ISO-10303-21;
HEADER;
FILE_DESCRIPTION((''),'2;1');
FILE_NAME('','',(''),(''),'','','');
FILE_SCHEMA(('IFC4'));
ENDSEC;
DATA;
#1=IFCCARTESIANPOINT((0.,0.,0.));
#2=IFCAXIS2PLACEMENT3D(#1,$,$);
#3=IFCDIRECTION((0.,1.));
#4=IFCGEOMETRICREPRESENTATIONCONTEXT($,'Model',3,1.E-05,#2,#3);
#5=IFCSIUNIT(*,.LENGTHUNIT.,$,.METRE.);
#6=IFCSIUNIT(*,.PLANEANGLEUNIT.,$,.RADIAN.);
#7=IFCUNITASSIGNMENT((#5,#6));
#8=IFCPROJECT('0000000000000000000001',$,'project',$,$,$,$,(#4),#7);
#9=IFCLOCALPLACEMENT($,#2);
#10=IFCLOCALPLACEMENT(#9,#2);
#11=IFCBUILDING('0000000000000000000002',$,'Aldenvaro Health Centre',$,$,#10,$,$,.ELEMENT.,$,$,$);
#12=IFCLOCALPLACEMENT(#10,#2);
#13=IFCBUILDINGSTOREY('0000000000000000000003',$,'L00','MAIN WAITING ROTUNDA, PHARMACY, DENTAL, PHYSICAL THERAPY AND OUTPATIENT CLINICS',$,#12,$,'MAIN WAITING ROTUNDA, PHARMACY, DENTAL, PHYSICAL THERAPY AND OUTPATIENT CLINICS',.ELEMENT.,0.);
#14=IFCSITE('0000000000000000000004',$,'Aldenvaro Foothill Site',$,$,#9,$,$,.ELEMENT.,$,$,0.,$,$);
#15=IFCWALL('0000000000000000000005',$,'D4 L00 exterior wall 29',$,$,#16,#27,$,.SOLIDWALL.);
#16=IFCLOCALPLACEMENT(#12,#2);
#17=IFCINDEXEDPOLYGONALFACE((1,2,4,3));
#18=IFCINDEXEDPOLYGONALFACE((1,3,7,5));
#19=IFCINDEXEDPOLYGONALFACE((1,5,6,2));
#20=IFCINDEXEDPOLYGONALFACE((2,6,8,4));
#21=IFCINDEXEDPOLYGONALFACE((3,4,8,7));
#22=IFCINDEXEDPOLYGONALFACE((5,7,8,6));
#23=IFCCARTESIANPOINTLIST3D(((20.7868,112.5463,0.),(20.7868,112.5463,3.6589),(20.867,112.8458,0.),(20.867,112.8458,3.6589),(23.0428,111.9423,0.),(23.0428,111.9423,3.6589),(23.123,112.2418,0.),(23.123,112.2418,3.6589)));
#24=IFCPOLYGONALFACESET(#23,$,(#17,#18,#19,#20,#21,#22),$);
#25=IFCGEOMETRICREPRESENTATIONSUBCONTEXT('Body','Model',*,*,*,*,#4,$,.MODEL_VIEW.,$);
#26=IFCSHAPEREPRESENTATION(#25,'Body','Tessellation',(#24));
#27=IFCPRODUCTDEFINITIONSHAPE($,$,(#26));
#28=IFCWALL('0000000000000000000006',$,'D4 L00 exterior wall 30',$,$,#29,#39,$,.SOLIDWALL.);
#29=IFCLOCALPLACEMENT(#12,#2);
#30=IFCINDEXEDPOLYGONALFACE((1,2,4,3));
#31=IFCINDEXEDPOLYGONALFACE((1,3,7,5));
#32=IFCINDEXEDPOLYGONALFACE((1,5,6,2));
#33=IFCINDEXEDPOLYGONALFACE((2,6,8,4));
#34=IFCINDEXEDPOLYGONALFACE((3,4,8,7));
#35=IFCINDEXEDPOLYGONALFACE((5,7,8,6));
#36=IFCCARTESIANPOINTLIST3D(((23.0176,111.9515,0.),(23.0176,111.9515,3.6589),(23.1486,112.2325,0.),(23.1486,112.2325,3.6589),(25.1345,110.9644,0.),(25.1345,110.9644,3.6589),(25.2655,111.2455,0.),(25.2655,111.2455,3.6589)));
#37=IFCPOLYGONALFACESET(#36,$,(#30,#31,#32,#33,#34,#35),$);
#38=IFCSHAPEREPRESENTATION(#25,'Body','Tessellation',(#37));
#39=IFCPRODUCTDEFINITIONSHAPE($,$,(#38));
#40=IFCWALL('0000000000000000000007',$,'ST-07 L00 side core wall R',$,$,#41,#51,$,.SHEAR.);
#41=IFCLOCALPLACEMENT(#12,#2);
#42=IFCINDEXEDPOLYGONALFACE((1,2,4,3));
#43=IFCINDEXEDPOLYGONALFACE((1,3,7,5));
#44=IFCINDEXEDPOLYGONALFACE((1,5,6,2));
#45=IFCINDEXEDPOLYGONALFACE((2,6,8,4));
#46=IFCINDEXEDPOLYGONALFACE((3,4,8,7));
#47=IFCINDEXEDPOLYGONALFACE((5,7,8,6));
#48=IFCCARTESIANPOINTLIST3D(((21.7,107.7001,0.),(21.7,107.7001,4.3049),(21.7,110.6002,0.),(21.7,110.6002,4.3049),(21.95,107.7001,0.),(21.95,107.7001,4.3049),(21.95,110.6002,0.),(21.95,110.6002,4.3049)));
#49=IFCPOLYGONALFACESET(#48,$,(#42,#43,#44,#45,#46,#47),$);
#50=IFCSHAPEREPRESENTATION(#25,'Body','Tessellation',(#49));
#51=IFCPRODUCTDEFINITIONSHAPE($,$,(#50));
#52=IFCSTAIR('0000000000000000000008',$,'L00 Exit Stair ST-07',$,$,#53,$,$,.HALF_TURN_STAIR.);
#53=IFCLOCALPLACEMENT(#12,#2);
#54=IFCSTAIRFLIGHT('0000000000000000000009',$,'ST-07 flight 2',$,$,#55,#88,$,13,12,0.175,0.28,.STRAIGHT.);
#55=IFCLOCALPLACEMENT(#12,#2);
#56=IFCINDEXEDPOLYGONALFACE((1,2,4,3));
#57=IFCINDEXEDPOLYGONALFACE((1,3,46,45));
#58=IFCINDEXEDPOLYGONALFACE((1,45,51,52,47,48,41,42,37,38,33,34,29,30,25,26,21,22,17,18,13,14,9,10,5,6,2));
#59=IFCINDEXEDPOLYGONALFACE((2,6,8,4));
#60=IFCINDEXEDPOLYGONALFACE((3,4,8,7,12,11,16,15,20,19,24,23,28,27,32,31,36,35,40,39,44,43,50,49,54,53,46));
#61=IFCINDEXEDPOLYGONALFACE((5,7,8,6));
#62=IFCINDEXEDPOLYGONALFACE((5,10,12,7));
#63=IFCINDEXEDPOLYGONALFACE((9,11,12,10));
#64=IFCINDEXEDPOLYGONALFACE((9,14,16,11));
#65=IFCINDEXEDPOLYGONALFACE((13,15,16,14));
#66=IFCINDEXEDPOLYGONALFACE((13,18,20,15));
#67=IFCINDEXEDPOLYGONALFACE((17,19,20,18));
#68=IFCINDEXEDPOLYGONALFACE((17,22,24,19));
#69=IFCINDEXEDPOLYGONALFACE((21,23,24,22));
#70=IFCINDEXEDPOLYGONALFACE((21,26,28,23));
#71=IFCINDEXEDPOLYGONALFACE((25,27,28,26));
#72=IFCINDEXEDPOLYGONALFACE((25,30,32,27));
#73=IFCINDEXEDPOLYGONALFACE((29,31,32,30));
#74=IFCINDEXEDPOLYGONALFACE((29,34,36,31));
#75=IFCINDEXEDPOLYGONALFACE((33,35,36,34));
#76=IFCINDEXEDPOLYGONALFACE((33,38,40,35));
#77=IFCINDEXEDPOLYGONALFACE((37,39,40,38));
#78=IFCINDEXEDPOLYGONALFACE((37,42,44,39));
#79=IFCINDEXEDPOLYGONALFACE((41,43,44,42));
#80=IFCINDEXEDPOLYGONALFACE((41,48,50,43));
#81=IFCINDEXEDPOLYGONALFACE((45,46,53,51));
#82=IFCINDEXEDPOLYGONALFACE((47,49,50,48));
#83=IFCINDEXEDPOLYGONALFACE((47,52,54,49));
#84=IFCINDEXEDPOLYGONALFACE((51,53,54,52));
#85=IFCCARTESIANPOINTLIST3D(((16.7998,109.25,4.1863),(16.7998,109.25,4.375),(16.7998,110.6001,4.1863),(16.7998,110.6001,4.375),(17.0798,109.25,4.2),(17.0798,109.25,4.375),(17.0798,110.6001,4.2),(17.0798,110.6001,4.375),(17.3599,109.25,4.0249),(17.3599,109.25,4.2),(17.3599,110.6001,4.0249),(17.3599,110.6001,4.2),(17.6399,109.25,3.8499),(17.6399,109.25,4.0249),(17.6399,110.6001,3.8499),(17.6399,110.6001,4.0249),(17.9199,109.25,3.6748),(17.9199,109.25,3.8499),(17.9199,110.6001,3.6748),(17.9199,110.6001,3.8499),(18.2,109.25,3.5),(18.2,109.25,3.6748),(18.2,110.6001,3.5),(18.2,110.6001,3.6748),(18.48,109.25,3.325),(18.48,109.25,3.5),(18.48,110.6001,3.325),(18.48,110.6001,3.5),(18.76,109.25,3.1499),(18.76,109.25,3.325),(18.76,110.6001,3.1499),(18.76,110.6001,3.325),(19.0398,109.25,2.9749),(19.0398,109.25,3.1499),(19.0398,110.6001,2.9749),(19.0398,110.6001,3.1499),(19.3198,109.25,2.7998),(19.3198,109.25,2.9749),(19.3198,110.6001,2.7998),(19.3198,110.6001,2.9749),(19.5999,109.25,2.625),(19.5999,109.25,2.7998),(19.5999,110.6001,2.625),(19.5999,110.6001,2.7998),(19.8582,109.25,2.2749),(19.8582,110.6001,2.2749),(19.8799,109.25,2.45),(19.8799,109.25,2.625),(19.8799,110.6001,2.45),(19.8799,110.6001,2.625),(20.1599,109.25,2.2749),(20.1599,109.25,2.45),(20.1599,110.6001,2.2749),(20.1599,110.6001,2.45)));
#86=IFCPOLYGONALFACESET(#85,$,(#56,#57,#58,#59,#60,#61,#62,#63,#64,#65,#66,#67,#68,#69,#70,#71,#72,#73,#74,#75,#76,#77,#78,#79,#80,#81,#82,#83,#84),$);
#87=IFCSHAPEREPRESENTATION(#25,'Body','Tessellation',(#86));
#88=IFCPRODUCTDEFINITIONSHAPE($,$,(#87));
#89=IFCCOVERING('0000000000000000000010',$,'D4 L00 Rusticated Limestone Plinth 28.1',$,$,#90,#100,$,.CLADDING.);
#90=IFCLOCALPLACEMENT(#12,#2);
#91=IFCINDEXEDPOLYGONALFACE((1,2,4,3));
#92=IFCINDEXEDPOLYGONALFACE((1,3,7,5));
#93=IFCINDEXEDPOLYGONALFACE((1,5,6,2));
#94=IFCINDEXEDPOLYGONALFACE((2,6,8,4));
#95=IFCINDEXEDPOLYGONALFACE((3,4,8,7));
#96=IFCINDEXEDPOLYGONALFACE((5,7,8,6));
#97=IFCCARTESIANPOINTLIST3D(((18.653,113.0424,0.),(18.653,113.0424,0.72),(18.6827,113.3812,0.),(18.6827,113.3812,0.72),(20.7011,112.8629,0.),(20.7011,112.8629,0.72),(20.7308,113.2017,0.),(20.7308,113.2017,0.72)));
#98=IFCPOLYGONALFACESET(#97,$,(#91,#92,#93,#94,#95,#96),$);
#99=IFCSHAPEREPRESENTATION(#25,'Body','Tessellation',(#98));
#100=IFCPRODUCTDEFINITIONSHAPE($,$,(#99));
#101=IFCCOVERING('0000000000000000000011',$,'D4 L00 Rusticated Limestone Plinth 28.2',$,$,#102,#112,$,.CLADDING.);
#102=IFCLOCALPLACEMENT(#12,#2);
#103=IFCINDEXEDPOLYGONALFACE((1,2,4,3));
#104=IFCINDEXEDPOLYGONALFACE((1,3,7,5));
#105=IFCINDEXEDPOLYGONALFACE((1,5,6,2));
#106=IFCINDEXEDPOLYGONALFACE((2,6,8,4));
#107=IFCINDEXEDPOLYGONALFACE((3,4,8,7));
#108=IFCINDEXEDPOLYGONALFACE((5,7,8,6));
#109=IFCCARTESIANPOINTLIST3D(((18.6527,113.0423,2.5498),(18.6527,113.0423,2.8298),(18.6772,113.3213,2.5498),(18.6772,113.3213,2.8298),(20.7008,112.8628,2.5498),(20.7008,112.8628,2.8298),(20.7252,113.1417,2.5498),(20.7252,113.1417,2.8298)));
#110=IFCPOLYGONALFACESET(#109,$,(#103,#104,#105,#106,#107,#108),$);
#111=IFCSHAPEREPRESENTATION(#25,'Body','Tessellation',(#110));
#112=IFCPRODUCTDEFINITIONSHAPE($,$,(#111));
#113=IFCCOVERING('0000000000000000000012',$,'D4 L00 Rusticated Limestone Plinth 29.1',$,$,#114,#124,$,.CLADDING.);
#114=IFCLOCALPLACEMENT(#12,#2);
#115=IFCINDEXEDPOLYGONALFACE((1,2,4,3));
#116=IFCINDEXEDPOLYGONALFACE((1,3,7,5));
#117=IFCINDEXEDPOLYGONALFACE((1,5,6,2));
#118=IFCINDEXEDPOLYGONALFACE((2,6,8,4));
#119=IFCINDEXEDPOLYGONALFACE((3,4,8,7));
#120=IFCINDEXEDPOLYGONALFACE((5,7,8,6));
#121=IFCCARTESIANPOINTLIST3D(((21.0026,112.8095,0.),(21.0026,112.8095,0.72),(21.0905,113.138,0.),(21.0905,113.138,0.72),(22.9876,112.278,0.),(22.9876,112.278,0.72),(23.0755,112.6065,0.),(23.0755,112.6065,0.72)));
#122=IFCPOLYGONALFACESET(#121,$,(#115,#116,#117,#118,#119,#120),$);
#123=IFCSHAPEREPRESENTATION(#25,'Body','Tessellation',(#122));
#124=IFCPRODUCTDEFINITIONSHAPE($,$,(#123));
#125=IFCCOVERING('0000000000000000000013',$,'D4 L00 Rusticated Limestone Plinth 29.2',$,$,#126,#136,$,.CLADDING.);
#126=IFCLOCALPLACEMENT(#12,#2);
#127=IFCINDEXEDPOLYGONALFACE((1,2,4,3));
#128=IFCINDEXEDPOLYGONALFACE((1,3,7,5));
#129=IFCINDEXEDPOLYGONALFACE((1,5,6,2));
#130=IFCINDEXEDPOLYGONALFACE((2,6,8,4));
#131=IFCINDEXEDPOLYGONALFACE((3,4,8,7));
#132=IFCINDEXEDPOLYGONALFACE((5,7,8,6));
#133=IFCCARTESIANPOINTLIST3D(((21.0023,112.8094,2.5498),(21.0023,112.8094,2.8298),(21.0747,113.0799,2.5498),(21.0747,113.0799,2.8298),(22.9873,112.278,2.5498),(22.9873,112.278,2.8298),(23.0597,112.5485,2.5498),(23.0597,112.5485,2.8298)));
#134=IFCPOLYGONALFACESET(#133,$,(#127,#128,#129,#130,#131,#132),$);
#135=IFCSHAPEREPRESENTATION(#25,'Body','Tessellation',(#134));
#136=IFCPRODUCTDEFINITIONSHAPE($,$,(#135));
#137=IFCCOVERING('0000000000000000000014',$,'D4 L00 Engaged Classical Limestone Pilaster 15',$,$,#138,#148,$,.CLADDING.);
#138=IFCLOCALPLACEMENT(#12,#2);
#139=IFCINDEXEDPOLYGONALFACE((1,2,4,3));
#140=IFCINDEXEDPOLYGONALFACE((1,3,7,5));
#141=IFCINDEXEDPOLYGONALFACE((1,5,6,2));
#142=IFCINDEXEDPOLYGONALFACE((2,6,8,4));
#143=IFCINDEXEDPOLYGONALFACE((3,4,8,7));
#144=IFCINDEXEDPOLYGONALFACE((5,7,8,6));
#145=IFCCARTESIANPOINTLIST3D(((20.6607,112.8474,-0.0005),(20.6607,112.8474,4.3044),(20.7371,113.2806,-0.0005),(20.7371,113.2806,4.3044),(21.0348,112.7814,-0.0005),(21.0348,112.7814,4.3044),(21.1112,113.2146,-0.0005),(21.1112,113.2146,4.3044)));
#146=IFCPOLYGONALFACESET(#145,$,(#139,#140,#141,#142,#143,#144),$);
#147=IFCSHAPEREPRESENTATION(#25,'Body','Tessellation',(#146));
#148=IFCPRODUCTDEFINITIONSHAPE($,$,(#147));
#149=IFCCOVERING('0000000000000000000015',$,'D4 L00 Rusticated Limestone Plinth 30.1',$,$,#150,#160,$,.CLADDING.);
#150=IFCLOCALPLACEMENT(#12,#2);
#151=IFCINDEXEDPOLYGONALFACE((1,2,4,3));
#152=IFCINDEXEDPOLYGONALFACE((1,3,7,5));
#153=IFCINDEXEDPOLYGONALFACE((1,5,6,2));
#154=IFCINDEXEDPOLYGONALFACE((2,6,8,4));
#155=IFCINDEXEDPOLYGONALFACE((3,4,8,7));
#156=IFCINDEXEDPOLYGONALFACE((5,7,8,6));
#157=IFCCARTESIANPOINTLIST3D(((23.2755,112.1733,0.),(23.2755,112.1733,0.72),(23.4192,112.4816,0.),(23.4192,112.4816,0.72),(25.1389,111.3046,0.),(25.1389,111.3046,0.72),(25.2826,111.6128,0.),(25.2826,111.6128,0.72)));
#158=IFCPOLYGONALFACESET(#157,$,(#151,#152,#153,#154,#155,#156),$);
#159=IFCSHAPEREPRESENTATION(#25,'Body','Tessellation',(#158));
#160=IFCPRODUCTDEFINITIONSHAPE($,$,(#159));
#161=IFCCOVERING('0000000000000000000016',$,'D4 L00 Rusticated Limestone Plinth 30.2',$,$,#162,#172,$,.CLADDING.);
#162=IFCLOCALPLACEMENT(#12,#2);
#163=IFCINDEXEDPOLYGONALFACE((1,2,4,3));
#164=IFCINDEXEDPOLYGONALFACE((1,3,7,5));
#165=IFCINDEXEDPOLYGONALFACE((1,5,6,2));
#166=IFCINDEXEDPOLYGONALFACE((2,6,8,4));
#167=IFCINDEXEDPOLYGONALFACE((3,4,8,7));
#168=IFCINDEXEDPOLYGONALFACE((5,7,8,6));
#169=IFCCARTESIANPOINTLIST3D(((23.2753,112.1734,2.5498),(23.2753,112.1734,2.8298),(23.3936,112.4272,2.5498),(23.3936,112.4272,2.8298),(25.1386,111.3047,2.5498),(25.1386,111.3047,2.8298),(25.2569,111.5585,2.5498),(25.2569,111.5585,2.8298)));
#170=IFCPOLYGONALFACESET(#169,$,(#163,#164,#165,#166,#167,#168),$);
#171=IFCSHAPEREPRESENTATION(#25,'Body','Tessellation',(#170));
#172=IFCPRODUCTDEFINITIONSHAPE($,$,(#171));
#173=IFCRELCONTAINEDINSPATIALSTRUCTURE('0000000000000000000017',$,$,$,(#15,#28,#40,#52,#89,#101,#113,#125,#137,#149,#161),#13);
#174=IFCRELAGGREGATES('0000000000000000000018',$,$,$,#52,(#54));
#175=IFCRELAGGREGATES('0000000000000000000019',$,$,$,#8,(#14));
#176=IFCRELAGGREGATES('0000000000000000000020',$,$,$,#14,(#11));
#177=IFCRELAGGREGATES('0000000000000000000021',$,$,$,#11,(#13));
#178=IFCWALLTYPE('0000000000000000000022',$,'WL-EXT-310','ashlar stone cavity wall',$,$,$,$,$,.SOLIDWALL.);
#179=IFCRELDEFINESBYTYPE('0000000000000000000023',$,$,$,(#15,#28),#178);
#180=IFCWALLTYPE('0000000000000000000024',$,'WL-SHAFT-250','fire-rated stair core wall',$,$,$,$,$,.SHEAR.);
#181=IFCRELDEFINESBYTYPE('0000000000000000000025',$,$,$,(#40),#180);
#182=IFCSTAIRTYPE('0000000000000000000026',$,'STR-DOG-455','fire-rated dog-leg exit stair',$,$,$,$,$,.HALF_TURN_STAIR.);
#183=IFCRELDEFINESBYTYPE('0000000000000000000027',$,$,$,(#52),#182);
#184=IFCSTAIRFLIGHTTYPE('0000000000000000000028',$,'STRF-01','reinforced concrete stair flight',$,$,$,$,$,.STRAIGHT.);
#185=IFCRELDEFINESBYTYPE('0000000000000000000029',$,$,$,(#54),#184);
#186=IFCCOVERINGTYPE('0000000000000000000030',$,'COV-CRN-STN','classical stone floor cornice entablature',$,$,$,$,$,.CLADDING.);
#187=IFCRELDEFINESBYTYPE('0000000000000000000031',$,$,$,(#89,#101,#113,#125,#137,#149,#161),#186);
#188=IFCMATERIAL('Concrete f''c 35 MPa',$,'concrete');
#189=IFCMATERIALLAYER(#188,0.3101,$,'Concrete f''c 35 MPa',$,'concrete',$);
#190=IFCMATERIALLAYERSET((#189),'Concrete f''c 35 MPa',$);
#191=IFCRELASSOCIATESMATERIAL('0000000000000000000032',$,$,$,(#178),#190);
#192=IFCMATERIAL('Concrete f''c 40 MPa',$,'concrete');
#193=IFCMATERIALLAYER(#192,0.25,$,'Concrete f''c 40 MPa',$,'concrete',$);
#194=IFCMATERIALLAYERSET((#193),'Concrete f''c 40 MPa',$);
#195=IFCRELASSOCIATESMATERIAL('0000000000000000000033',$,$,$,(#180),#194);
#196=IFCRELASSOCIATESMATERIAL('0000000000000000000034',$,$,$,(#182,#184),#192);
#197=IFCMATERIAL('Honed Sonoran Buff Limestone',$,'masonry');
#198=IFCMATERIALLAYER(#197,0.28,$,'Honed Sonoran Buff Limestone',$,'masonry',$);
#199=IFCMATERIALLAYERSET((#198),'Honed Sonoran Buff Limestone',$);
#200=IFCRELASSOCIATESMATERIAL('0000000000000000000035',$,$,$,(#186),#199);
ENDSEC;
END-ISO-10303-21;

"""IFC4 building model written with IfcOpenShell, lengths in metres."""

from ifc_helpers import new_model, si_unit, direction, frame, frame_2d, origin, origin_2d, place, context, subcontext, project, spatial, polyline, rectangle, outline, extrude, material, layer, layer_set, type_object, element, aggregate, save


model = new_model("IFC4")

# Units and contexts
model_context = context("Model", 3, precision=1e-05, world=origin(), true_north=direction((0.0, 1.0)))
body_context = subcontext(model_context, "Body", "Model", "MODEL_VIEW")
ifc_project = project(units=[si_unit("LENGTHUNIT", "METRE"), si_unit("PLANEANGLEUNIT", "RADIAN")], contexts=[model_context])

# Site, building, storey
site_placement = place(None, origin())
site = spatial("IfcSite", under=ifc_project, at=site_placement, Name="Aldenvaro Foothill Site", CompositionType="ELEMENT", RefElevation=0.0)
building_placement = place(site_placement, origin())
building = spatial("IfcBuilding", under=site, at=building_placement, Name="Aldenvaro Health Centre", CompositionType="ELEMENT")
storey_placement = place(building_placement, origin())
storey = spatial("IfcBuildingStorey", under=building, at=storey_placement, Name="L00", Description="MAIN WAITING ROTUNDA, PHARMACY, DENTAL, PHYSICAL THERAPY AND OUTPATIENT CLINICS", LongName="MAIN WAITING ROTUNDA, PHARMACY, DENTAL, PHYSICAL THERAPY AND OUTPATIENT CLINICS", CompositionType="ELEMENT", Elevation=0.0)

# Shared definitions
ifc_material_1 = material(Name="Concrete f'c 40 MPa", Category="concrete")

# Walls
ifc_material_2 = material(Name="Concrete f'c 35 MPa", Category="concrete")
ifc_layer_1 = layer(ifc_material_2, 0.3101, Name="Concrete f'c 35 MPa", Category="concrete")
ifc_layer_set_1 = layer_set([ifc_layer_1], Name="Concrete f'c 35 MPa")
wall_type_1 = type_object("IfcWallType", Name="WL-EXT-310", Description="ashlar stone cavity wall", PredefinedType="SOLIDWALL", material=ifc_layer_set_1)
wall_1_placement = place(storey_placement, frame((20.8269, 112.696, 0.0), z_axis=(0.0, 0.0, 1.0), x_axis=(0.965981, -0.258612, 0.0)))
element("IfcWall", 1, at=wall_1_placement, inside=storey, type_object=wall_type_1, Name="D4 L00 exterior wall 29", PredefinedType="SOLIDWALL", context=body_context, shape_type="SweptSolid", body=[
    extrude(rectangle(XDim=2.3354, YDim=0.3101, at=frame_2d((1.1677, 0.0))), origin(), (0.0, 0.0, 1.0), 3.6589),
])
wall_2_placement = place(storey_placement, frame((23.083, 112.092, 0.0), z_axis=(0.0, 0.0, 1.0), x_axis=(0.906322, -0.422588, 0.0)))
element("IfcWall", 2, at=wall_2_placement, inside=storey, type_object=wall_type_1, Name="D4 L00 exterior wall 30", PredefinedType="SOLIDWALL", context=body_context, shape_type="SweptSolid", body=[
    extrude(rectangle(XDim=2.3357, YDim=0.3101, at=frame_2d((1.168, 0.0))), origin(), (0.0, 0.0, 1.0), 3.6589),
])
ifc_layer_2 = layer(ifc_material_1, 0.25, Name="Concrete f'c 40 MPa", Category="concrete")
ifc_layer_set_2 = layer_set([ifc_layer_2], Name="Concrete f'c 40 MPa")
wall_type_2 = type_object("IfcWallType", Name="WL-SHAFT-250", Description="fire-rated stair core wall", PredefinedType="SHEAR", material=ifc_layer_set_2)
wall_3_placement = place(storey_placement, frame((21.825, 107.7, 0.0), z_axis=(0.0, 0.0, 1.0), x_axis=(0.0, 1.0, 0.0)))
element("IfcWall", 3, at=wall_3_placement, inside=storey, type_object=wall_type_2, Name="ST-07 L00 side core wall R", PredefinedType="SHEAR", context=body_context, shape_type="SweptSolid", body=[
    extrude(rectangle(XDim=2.9001, YDim=0.25, at=frame_2d((1.4502, 0.0))), origin(), (0.0, 0.0, 1.0), 4.3049),
])

# Stair, stair flight
stair_type = type_object("IfcStairType", Name="STR-DOG-455", Description="fire-rated dog-leg exit stair", PredefinedType="HALF_TURN_STAIR", material=ifc_material_1)
stair_placement = place(storey_placement, origin())
stair = element("IfcStair", 4, at=stair_placement, inside=storey, type_object=stair_type, Name="L00 Exit Stair ST-07", PredefinedType="HALF_TURN_STAIR")
stair_flight_type = type_object("IfcStairFlightType", Name="STRF-01", Description="reinforced concrete stair flight", PredefinedType="STRAIGHT", material=ifc_material_1)
stair_flight_placement = place(storey_placement, frame((20.1599, 109.925, 2.2749), z_axis=(0.0, 0.0, 1.0), x_axis=(-1.0, 0.0, 0.0)))
stair_flight = element("IfcStairFlight", 5, at=stair_flight_placement, type_object=stair_flight_type, Name="ST-07 flight 2", NumberOfRisers=13, NumberOfTreads=12, PredefinedType="STRAIGHT", RiserHeight=0.175, TreadLength=0.28, context=body_context, shape_type="SweptSolid", body=[
    extrude(outline(polyline([(0.0, 0.0), (0.0, 0.175), (0.28, 0.175), (0.28, 0.3501), (0.5601, 0.3501), (0.5601, 0.5249), (0.8401, 0.5249), (0.8401, 0.7), (1.1201, 0.7), (1.1201, 0.875), (1.3999, 0.875), (1.3999, 1.05), (1.6799, 1.05), (1.6799, 1.2251), (1.96, 1.2251), (1.96, 1.3999), (2.24, 1.3999), (2.24, 1.575), (2.52, 1.575), (2.52, 1.75), (2.8, 1.75), (2.8, 1.925), (3.0801, 1.925), (3.0801, 2.1001), (3.3601, 2.1001), (3.3601, 2.2749), (3.3601, 1.9114), (0.3018, 0.0), (0.0, 0.0)])), frame((0.0, 0.675, 0.0), z_axis=(0.0, -1.0, 0.0), x_axis=(1.0, 0.0, 0.0)), (0.0, 0.0, 1.0), 1.3501),
])
aggregate(stair, [stair_flight])

# Coverings
ifc_material_3 = material(Name="Honed Sonoran Buff Limestone", Category="masonry")
ifc_layer_3 = layer(ifc_material_3, 0.28, Name="Honed Sonoran Buff Limestone", Category="masonry")
ifc_layer_set_3 = layer_set([ifc_layer_3], Name="Honed Sonoran Buff Limestone")
covering_type = type_object("IfcCoveringType", Name="COV-CRN-STN", Description="classical stone floor cornice entablature", PredefinedType="CLADDING", material=ifc_layer_set_3)
covering_1_placement = place(storey_placement, frame((19.6919, 113.1221, 0.0), z_axis=(0.0, 0.0, 1.0), x_axis=(0.996179, -0.087332, 0.0)))
element("IfcCovering", 6, at=covering_1_placement, inside=storey, type_object=covering_type, Name="D4 L00 Rusticated Limestone Plinth 28.1", PredefinedType="CLADDING", context=body_context, shape_type="SweptSolid", body=[
    extrude(rectangle(XDim=2.0559, YDim=0.3401, at=origin_2d()), origin(), (0.0, 0.0, 1.0), 0.72),
])
covering_2_placement = place(storey_placement, frame((19.689, 113.092, 2.5498), z_axis=(0.0, 0.0, 1.0), x_axis=(0.996179, -0.087332, 0.0)))
element("IfcCovering", 7, at=covering_2_placement, inside=storey, type_object=covering_type, Name="D4 L00 Rusticated Limestone Plinth 28.2", PredefinedType="CLADDING", context=body_context, shape_type="SweptSolid", body=[
    extrude(rectangle(XDim=2.0559, YDim=0.28, at=origin_2d()), origin(), (0.0, 0.0, 1.0), 0.28),
])
covering_3_placement = place(storey_placement, frame((22.0391, 112.708, 0.0), z_axis=(0.0, 0.0, 1.0), x_axis=(0.965979, -0.258622, 0.0)))
element("IfcCovering", 8, at=covering_3_placement, inside=storey, type_object=covering_type, Name="D4 L00 Rusticated Limestone Plinth 29.1", PredefinedType="CLADDING", context=body_context, shape_type="SweptSolid", body=[
    extrude(rectangle(XDim=2.0549, YDim=0.3401, at=origin_2d()), origin(), (0.0, 0.0, 1.0), 0.72),
])
covering_4_placement = place(storey_placement, frame((22.031, 112.679, 2.5498), z_axis=(0.0, 0.0, 1.0), x_axis=(0.965979, -0.258622, 0.0)))
element("IfcCovering", 9, at=covering_4_placement, inside=storey, type_object=covering_type, Name="D4 L00 Rusticated Limestone Plinth 29.2", PredefinedType="CLADDING", context=body_context, shape_type="SweptSolid", body=[
    extrude(rectangle(XDim=2.0549, YDim=0.28, at=origin_2d()), origin(), (0.0, 0.0, 1.0), 0.28),
])
covering_5_placement = place(storey_placement, frame((20.886, 113.031, -0.0005), z_axis=(0.0, 0.0, 1.0), x_axis=(0.173662, 0.984805, 0.0)))
element("IfcCovering", 10, at=covering_5_placement, inside=storey, type_object=covering_type, Name="D4 L00 Engaged Classical Limestone Pilaster 15", PredefinedType="CLADDING", context=body_context, shape_type="SweptSolid", body=[
    extrude(rectangle(XDim=0.4399, YDim=0.3799, at=origin_2d()), origin(), (0.0, 0.0, 1.0), 4.3049),
])
covering_6_placement = place(storey_placement, frame((24.2791, 111.8931, 0.0), z_axis=(0.0, 0.0, 1.0), x_axis=(0.906336, -0.422557, 0.0)))
element("IfcCovering", 11, at=covering_6_placement, inside=storey, type_object=covering_type, Name="D4 L00 Rusticated Limestone Plinth 30.1", PredefinedType="CLADDING", context=body_context, shape_type="SweptSolid", body=[
    extrude(rectangle(XDim=2.0559, YDim=0.3401, at=origin_2d()), origin(), (0.0, 0.0, 1.0), 0.72),
])
covering_7_placement = place(storey_placement, frame((24.2661, 111.866, 2.5498), z_axis=(0.0, 0.0, 1.0), x_axis=(0.906336, -0.422557, 0.0)))
element("IfcCovering", 12, at=covering_7_placement, inside=storey, type_object=covering_type, Name="D4 L00 Rusticated Limestone Plinth 30.2", PredefinedType="CLADDING", context=body_context, shape_type="SweptSolid", body=[
    extrude(rectangle(XDim=2.0559, YDim=0.28, at=origin_2d()), origin(), (0.0, 0.0, 1.0), 0.28),
])

save(model, "model.ifc")
